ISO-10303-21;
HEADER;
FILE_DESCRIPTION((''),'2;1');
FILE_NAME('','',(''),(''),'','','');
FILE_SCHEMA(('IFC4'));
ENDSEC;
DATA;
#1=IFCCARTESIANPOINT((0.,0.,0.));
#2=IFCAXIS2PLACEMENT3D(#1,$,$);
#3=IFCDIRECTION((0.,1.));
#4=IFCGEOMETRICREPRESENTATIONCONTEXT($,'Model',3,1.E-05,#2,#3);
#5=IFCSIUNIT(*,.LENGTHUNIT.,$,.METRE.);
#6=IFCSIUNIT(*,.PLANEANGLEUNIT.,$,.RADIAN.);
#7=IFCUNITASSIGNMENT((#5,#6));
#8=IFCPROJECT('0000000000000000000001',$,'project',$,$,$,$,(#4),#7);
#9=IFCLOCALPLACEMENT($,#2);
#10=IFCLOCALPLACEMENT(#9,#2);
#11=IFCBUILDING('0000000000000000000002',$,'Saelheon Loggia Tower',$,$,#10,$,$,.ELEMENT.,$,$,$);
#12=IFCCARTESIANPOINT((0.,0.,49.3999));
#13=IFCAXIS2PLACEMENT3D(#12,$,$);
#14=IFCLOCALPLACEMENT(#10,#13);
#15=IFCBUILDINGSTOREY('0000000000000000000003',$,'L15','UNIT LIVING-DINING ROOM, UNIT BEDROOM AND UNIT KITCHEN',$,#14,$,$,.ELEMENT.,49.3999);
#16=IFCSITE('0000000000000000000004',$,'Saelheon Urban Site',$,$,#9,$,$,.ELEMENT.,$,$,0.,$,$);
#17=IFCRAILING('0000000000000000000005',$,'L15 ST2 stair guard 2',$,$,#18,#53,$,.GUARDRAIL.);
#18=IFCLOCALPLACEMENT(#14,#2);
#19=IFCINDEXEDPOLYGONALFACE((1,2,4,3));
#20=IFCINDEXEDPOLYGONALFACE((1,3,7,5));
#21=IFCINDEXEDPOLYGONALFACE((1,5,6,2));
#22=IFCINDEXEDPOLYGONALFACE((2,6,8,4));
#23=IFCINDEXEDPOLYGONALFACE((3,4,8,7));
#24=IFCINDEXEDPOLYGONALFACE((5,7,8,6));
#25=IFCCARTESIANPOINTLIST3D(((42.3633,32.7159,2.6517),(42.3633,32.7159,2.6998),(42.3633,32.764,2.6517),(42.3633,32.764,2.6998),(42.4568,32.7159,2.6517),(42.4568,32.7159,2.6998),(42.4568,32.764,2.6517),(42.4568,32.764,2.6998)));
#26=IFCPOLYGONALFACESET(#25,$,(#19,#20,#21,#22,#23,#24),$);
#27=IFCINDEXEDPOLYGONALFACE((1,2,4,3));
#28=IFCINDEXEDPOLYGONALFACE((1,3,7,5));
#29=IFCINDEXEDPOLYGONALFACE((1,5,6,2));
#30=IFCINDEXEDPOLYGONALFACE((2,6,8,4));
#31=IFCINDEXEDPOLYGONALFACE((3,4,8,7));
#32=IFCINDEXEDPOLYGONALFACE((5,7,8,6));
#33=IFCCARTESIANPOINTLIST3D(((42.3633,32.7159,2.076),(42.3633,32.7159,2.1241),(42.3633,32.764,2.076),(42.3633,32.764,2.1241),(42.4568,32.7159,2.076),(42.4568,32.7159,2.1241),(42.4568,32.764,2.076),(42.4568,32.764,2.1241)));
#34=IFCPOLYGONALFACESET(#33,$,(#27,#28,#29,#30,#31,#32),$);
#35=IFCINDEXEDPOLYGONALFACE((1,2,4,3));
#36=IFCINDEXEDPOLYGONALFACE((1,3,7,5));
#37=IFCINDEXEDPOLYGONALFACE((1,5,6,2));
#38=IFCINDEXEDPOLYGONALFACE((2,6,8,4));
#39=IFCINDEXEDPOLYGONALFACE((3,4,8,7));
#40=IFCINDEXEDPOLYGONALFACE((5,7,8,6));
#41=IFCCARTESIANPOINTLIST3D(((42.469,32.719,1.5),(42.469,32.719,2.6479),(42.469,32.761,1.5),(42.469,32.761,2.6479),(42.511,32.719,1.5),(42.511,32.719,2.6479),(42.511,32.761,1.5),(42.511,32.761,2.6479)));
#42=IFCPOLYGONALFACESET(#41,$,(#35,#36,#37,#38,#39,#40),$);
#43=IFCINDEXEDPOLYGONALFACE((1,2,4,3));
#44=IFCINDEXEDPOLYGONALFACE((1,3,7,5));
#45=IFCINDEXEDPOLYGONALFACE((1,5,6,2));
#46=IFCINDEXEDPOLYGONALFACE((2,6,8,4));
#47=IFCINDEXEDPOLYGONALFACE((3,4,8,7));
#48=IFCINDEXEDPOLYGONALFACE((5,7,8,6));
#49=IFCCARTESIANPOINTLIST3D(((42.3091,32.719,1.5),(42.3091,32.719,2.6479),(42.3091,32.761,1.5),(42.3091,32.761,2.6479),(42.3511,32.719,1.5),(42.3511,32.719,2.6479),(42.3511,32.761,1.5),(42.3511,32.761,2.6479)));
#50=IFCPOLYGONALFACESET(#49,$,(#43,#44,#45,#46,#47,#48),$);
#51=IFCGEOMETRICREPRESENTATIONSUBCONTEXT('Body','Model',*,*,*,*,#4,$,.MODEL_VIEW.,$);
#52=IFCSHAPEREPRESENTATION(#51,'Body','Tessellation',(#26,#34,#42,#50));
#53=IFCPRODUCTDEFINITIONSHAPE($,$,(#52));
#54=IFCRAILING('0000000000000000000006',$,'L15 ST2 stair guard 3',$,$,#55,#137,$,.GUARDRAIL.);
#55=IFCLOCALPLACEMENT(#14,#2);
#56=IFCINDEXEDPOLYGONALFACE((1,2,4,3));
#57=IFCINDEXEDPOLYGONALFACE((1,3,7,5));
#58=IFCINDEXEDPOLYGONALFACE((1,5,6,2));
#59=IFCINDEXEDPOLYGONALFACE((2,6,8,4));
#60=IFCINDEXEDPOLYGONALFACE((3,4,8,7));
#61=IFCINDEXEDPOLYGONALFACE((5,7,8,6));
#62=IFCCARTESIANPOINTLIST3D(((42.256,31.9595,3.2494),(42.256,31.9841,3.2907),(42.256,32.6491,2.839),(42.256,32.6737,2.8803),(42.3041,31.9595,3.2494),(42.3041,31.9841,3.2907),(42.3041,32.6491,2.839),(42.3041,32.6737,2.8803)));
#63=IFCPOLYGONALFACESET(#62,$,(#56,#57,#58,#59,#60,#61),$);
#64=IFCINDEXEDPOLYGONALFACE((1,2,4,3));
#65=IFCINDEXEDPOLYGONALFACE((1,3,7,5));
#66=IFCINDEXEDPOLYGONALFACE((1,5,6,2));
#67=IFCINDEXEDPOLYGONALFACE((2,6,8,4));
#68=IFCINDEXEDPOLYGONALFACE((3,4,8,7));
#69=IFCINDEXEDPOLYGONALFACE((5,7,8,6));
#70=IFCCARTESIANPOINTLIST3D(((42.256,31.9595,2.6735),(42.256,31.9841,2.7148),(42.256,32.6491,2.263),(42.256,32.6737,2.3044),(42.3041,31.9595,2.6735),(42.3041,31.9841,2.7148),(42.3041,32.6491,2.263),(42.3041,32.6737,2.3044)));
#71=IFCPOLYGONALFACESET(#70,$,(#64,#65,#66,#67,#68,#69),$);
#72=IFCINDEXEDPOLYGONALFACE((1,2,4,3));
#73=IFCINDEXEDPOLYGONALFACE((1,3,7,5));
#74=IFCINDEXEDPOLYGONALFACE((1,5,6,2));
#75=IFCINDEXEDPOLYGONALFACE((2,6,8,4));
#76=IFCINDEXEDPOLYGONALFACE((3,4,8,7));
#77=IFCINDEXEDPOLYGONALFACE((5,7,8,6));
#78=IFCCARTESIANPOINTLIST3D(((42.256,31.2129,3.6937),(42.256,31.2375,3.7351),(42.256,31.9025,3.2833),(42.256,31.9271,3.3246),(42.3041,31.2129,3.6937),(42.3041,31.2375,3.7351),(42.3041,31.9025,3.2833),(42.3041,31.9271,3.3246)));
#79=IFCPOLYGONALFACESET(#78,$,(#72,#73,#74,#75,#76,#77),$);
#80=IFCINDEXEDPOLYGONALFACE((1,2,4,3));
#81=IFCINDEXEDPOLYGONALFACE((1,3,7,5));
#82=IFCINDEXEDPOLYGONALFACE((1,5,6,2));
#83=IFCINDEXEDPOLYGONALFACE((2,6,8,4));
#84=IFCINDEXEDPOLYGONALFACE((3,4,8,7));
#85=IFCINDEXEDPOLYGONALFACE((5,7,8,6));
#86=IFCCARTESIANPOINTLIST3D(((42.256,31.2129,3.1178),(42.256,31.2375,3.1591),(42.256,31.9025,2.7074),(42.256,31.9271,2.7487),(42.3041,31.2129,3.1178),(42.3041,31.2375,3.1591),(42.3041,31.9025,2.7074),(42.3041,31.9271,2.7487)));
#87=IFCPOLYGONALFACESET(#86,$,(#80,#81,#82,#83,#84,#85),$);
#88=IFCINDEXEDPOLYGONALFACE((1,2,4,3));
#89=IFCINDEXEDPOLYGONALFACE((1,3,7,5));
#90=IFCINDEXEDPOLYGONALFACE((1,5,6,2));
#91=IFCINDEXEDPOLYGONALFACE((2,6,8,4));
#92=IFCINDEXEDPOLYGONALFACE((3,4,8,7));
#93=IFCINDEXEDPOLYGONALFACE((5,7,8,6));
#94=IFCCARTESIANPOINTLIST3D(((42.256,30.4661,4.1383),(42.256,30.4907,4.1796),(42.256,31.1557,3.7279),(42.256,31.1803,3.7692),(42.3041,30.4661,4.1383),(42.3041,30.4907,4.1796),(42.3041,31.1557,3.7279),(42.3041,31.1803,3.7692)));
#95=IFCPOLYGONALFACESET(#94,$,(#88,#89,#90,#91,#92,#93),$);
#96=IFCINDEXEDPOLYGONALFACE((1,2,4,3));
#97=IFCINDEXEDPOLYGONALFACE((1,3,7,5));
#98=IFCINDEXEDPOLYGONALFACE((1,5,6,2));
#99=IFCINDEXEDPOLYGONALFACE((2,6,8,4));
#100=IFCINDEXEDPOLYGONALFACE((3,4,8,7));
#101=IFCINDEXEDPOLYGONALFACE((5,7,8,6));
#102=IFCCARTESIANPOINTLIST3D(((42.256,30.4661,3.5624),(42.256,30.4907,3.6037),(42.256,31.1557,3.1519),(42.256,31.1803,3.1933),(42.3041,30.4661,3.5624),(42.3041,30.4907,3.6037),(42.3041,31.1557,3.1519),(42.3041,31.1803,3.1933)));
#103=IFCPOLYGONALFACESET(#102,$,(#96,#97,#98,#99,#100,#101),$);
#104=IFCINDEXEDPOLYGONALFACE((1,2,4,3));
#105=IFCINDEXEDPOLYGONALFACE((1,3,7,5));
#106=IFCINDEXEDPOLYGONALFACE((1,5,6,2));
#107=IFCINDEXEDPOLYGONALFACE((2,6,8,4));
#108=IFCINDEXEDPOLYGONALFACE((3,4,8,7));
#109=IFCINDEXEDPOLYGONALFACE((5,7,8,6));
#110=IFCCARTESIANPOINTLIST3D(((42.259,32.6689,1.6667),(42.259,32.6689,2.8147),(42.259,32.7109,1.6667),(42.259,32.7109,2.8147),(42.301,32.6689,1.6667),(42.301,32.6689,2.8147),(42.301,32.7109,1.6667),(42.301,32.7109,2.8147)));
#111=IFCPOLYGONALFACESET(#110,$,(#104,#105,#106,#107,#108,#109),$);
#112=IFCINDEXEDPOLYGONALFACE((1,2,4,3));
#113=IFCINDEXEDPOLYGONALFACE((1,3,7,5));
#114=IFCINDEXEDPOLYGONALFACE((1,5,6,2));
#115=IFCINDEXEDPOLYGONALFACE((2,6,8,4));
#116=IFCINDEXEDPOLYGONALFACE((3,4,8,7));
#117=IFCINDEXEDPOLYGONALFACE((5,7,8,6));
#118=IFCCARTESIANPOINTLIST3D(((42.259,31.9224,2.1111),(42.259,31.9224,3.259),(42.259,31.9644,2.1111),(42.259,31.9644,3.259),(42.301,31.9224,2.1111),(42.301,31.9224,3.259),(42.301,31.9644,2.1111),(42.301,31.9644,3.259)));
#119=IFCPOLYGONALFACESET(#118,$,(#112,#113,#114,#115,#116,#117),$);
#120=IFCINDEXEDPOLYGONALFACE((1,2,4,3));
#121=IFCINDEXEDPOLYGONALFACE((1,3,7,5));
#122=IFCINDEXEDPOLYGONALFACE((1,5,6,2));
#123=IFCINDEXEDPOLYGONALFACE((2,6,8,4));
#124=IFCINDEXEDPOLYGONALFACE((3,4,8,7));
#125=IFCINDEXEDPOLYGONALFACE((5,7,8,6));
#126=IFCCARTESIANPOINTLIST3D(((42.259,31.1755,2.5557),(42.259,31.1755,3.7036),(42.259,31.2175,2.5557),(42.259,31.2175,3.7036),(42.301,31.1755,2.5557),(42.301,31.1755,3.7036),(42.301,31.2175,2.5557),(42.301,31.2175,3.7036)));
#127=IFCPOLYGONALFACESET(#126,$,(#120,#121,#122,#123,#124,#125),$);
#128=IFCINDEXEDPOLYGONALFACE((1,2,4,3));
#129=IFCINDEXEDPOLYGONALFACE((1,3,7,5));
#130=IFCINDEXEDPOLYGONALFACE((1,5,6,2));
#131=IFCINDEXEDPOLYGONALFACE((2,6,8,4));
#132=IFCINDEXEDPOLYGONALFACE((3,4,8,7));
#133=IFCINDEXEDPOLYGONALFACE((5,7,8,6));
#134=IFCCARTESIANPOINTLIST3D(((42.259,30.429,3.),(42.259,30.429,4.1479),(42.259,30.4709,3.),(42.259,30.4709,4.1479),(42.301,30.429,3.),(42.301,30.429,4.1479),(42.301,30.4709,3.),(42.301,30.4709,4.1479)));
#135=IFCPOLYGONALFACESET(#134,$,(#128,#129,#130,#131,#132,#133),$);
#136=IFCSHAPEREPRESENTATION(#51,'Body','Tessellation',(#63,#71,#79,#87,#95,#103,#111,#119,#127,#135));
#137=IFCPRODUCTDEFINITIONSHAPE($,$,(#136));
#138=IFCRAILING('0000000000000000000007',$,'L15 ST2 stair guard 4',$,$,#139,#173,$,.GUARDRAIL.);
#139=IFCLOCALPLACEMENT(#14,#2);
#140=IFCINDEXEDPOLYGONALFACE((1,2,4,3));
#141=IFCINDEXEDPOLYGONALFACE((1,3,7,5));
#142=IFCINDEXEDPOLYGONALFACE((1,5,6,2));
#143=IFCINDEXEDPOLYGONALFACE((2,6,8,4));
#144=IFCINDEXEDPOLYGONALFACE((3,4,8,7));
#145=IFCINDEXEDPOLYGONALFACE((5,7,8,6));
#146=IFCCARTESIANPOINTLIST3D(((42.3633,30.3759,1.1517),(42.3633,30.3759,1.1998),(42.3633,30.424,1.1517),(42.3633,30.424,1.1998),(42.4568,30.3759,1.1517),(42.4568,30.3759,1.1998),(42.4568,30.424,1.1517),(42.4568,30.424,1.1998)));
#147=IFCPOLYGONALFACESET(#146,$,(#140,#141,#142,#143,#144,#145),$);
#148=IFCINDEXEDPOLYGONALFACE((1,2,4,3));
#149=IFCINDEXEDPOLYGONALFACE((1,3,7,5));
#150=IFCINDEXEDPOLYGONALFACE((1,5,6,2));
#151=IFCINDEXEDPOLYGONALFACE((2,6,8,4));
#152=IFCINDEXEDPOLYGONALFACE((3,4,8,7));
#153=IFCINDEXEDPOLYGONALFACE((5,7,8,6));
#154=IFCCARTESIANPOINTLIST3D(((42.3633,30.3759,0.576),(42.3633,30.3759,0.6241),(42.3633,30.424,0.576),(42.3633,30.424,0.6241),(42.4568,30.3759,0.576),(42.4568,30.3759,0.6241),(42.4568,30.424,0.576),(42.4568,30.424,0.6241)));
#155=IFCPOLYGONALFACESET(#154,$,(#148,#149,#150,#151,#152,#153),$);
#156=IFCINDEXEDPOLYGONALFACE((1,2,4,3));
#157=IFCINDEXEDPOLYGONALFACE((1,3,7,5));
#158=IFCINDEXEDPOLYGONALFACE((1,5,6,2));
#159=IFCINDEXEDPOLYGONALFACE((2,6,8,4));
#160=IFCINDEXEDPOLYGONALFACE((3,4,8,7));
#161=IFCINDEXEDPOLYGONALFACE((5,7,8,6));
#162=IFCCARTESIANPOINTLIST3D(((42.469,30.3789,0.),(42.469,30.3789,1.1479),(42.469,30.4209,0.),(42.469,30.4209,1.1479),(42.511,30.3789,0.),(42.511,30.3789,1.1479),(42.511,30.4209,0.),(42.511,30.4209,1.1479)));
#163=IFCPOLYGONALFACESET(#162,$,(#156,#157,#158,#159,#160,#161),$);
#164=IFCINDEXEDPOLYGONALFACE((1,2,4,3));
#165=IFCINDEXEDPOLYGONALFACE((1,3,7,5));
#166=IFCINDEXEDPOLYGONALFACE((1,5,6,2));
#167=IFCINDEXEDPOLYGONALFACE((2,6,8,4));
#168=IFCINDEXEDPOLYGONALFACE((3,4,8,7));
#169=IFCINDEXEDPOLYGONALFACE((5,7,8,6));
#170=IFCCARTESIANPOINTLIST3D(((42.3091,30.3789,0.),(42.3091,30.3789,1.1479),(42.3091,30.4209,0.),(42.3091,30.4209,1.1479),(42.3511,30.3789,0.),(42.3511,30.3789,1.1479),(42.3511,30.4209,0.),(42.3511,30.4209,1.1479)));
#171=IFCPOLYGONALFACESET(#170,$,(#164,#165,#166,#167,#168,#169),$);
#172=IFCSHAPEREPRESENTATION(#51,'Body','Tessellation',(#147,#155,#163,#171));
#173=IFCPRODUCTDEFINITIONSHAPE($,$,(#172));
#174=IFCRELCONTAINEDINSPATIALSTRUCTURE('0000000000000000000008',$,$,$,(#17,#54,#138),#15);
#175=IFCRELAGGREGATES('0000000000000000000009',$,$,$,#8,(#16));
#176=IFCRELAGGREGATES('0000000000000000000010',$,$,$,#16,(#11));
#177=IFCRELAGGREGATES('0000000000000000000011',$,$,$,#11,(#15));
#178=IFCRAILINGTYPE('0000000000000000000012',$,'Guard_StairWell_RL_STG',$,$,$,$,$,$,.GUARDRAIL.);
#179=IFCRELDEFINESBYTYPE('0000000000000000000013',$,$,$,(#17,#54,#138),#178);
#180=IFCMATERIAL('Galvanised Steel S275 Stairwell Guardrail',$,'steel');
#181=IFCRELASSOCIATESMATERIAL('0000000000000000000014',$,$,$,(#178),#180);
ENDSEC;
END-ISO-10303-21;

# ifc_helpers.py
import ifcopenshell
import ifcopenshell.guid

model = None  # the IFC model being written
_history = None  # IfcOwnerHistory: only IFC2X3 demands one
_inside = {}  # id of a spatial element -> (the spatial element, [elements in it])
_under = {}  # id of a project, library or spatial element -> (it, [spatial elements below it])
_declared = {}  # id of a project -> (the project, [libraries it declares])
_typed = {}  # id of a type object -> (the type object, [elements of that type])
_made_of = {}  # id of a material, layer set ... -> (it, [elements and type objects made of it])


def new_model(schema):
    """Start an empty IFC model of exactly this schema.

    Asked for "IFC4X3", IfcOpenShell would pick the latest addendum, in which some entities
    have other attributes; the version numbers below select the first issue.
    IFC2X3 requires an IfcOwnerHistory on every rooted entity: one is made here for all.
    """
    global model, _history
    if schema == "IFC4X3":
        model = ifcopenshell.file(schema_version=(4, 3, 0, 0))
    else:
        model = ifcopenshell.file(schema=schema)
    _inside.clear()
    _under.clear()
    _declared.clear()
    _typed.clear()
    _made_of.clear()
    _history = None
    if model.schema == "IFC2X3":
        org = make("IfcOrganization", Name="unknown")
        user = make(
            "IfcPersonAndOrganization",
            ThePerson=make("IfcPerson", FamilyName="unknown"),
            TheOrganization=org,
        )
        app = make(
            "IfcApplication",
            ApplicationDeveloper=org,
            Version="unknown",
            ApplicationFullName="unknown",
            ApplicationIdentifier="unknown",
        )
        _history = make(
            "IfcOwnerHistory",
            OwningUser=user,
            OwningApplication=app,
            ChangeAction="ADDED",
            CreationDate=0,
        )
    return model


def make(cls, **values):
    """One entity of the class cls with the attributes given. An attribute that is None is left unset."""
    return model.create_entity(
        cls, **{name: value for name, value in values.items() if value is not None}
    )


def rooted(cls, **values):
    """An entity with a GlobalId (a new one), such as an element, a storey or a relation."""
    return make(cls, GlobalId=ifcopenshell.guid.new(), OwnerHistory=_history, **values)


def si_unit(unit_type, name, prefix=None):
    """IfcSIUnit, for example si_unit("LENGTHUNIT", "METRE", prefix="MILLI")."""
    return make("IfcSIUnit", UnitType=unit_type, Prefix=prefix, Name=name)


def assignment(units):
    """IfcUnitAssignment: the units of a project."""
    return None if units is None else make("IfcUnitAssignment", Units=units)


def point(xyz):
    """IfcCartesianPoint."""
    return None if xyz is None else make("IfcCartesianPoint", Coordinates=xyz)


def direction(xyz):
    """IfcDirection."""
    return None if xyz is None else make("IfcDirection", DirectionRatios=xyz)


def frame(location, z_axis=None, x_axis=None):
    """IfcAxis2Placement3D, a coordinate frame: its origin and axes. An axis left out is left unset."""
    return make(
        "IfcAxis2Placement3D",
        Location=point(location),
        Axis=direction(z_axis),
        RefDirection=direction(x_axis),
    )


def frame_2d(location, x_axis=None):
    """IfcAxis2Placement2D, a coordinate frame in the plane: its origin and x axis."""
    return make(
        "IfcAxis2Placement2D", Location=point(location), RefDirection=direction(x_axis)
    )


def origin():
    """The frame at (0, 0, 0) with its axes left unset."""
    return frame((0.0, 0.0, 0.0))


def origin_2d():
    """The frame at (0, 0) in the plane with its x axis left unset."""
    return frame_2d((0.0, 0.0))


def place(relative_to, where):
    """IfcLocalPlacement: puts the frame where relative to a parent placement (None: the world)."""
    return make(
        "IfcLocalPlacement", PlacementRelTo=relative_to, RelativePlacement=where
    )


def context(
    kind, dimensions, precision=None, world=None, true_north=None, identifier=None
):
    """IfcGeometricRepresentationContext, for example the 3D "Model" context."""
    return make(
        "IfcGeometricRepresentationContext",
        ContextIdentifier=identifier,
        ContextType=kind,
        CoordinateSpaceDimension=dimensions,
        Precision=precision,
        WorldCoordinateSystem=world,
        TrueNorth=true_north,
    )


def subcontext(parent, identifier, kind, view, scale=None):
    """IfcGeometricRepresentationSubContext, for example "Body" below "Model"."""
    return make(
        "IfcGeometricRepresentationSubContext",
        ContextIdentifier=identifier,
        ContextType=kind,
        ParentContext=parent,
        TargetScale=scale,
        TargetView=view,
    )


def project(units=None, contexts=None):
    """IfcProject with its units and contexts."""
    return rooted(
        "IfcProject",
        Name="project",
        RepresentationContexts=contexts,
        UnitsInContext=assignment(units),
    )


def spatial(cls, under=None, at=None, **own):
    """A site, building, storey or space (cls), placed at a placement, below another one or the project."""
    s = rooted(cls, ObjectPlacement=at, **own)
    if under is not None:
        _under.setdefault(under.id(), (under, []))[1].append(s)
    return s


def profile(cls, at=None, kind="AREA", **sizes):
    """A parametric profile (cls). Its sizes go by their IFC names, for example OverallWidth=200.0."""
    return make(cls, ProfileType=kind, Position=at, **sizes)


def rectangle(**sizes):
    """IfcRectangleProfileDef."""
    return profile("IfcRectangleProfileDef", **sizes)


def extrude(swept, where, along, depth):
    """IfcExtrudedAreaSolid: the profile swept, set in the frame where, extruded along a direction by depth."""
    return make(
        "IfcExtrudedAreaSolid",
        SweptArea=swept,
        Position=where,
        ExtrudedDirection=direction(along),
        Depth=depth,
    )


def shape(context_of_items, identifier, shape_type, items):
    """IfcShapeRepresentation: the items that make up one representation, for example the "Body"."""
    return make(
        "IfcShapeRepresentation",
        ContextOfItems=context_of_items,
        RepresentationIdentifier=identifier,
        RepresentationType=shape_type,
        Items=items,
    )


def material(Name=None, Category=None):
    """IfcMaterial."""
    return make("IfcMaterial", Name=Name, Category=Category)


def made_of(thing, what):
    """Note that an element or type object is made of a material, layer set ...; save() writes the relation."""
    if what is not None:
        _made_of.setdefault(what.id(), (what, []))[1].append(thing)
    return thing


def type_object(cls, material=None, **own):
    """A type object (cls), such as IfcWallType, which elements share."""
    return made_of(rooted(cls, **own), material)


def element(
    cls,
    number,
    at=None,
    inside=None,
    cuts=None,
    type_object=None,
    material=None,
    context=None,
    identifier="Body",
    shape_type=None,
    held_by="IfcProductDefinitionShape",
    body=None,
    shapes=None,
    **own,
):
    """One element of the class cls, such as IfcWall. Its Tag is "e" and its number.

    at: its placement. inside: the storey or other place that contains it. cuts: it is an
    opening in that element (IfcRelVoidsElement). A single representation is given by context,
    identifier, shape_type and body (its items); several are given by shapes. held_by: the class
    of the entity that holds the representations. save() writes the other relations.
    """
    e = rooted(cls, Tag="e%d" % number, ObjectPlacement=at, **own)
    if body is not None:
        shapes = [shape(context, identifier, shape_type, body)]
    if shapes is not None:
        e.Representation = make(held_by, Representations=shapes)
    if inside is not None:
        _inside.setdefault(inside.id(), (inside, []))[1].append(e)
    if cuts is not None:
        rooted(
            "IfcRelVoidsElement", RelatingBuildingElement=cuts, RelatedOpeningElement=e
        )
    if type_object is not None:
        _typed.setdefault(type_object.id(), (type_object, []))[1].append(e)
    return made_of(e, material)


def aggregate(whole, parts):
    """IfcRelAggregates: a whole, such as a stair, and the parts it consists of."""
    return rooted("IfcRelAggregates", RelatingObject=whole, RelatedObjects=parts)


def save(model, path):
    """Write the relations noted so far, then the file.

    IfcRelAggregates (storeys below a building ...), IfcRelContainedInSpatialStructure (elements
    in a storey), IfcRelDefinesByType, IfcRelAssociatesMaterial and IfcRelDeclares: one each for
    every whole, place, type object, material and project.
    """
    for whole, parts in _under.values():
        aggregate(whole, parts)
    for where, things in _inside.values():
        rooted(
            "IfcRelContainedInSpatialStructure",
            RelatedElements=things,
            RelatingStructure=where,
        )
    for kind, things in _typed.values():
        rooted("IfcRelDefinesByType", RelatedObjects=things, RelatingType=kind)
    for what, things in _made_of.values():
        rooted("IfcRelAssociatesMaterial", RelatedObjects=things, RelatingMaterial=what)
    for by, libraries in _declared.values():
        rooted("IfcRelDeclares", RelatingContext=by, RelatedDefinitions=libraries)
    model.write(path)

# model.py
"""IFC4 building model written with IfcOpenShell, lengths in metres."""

from ifc_helpers import new_model, si_unit, direction, frame, origin, origin_2d, place, context, subcontext, project, spatial, rectangle, extrude, material, type_object, element, save


model = new_model("IFC4")

# Units and contexts
model_context = context("Model", 3, precision=1e-05, world=origin(), true_north=direction((0.0, 1.0)))
body_context = subcontext(model_context, "Body", "Model", "MODEL_VIEW")
ifc_project = project(units=[si_unit("LENGTHUNIT", "METRE"), si_unit("PLANEANGLEUNIT", "RADIAN")], contexts=[model_context])

# Site, building, storey
site_placement = place(None, origin())
site = spatial("IfcSite", under=ifc_project, at=site_placement, Name="Saelheon Urban Site", CompositionType="ELEMENT", RefElevation=0.0)
building_placement = place(site_placement, origin())
building = spatial("IfcBuilding", under=site, at=building_placement, Name="Saelheon Loggia Tower", CompositionType="ELEMENT")
storey_placement = place(building_placement, frame((0.0, 0.0, 49.3999)))
storey = spatial("IfcBuildingStorey", under=building, at=storey_placement, Name="L15", Description="UNIT LIVING-DINING ROOM, UNIT BEDROOM AND UNIT KITCHEN", CompositionType="ELEMENT", Elevation=49.3999)

# Railings
ifc_material_1 = material(Name="Galvanised Steel S275 Stairwell Guardrail", Category="steel")
railing_type_1 = type_object("IfcRailingType", Name="Guard_StairWell_RL_STG", PredefinedType="GUARDRAIL", material=ifc_material_1)
railing_1_placement = place(storey_placement, frame((42.49, 32.74, 1.5)))
element("IfcRailing", 1, at=railing_1_placement, inside=storey, type_object=railing_type_1, Name="L15 ST2 stair guard 2", PredefinedType="GUARDRAIL", context=body_context, shape_type="SweptSolid", body=[
    extrude(rectangle(XDim=0.0481, YDim=0.0481, at=origin_2d()), frame((-0.0332, 0.0, 1.1758), z_axis=(-1.0, 0.0, 0.0), x_axis=(0.0, -1.0, 0.0)), (0.0, 0.0, 1.0), 0.0935),
    extrude(rectangle(XDim=0.0481, YDim=0.0481, at=origin_2d()), frame((-0.0332, 0.0, 0.6001), z_axis=(-1.0, 0.0, 0.0), x_axis=(0.0, -1.0, 0.0)), (0.0, 0.0, 1.0), 0.0935),
    extrude(rectangle(XDim=0.042, YDim=0.042, at=origin_2d()), origin(), (0.0, 0.0, 1.0), 1.1479),
    extrude(rectangle(XDim=0.042, YDim=0.042, at=origin_2d()), frame((-0.1599, 0.0, 0.0)), (0.0, 0.0, 1.0), 1.1479),
])
railing_2_placement = place(storey_placement, frame((42.28, 32.6899, 1.6667)))
element("IfcRailing", 2, at=railing_2_placement, inside=storey, type_object=railing_type_1, Name="L15 ST2 stair guard 3", PredefinedType="GUARDRAIL", context=body_context, shape_type="SweptSolid", body=[
    extrude(rectangle(XDim=0.0481, YDim=0.0481, at=origin_2d()), frame((0.0, -0.0286, 1.1929), z_axis=(0.0, -0.859306, 0.511462), x_axis=(1.0, 0.0, 0.0)), (0.0, 0.0, 1.0), 0.8025),
    extrude(rectangle(XDim=0.0481, YDim=0.0481, at=origin_2d()), frame((0.0, -0.0286, 0.6169), z_axis=(0.0, -0.859306, 0.511462), x_axis=(1.0, 0.0, 0.0)), (0.0, 0.0, 1.0), 0.8025),
    extrude(rectangle(XDim=0.0481, YDim=0.0481, at=origin_2d()), frame((0.0, -0.7751, 1.6372), z_axis=(0.0, -0.859306, 0.511462), x_axis=(1.0, 0.0, 0.0)), (0.0, 0.0, 1.0), 0.8025),
    extrude(rectangle(XDim=0.0481, YDim=0.0481, at=origin_2d()), frame((0.0, -0.7751, 1.0613), z_axis=(0.0, -0.859306, 0.511462), x_axis=(1.0, 0.0, 0.0)), (0.0, 0.0, 1.0), 0.8025),
    extrude(rectangle(XDim=0.0481, YDim=0.0481, at=origin_2d()), frame((0.0, -1.522, 2.0818), z_axis=(0.0, -0.859306, 0.511462), x_axis=(1.0, 0.0, 0.0)), (0.0, 0.0, 1.0), 0.8025),
    extrude(rectangle(XDim=0.0481, YDim=0.0481, at=origin_2d()), frame((0.0, -1.522, 1.5059), z_axis=(0.0, -0.859306, 0.511462), x_axis=(1.0, 0.0, 0.0)), (0.0, 0.0, 1.0), 0.8025),
    extrude(rectangle(XDim=0.042, YDim=0.042, at=origin_2d()), origin(), (0.0, 0.0, 1.0), 1.1479),
    extrude(rectangle(XDim=0.042, YDim=0.042, at=origin_2d()), frame((0.0, -0.7466, 0.4443)), (0.0, 0.0, 1.0), 1.1479),
    extrude(rectangle(XDim=0.042, YDim=0.042, at=origin_2d()), frame((0.0, -1.4934, 0.8889)), (0.0, 0.0, 1.0), 1.1479),
    extrude(rectangle(XDim=0.042, YDim=0.042, at=origin_2d()), frame((0.0, -2.24, 1.3333)), (0.0, 0.0, 1.0), 1.1479),
])
railing_3_placement = place(storey_placement, frame((42.49, 30.3999, 0.0)))
element("IfcRailing", 3, at=railing_3_placement, inside=storey, type_object=railing_type_1, Name="L15 ST2 stair guard 4", PredefinedType="GUARDRAIL", context=body_context, shape_type="SweptSolid", body=[
    extrude(rectangle(XDim=0.0481, YDim=0.0481, at=origin_2d()), frame((-0.0332, 0.0, 1.1758), z_axis=(-1.0, 0.0, 0.0), x_axis=(0.0, -1.0, 0.0)), (0.0, 0.0, 1.0), 0.0935),
    extrude(rectangle(XDim=0.0481, YDim=0.0481, at=origin_2d()), frame((-0.0332, 0.0, 0.6001), z_axis=(-1.0, 0.0, 0.0), x_axis=(0.0, -1.0, 0.0)), (0.0, 0.0, 1.0), 0.0935),
    extrude(rectangle(XDim=0.042, YDim=0.042, at=origin_2d()), origin(), (0.0, 0.0, 1.0), 1.1479),
    extrude(rectangle(XDim=0.042, YDim=0.042, at=origin_2d()), frame((-0.1599, 0.0, 0.0)), (0.0, 0.0, 1.0), 1.1479),
])

save(model, "model.ifc")
